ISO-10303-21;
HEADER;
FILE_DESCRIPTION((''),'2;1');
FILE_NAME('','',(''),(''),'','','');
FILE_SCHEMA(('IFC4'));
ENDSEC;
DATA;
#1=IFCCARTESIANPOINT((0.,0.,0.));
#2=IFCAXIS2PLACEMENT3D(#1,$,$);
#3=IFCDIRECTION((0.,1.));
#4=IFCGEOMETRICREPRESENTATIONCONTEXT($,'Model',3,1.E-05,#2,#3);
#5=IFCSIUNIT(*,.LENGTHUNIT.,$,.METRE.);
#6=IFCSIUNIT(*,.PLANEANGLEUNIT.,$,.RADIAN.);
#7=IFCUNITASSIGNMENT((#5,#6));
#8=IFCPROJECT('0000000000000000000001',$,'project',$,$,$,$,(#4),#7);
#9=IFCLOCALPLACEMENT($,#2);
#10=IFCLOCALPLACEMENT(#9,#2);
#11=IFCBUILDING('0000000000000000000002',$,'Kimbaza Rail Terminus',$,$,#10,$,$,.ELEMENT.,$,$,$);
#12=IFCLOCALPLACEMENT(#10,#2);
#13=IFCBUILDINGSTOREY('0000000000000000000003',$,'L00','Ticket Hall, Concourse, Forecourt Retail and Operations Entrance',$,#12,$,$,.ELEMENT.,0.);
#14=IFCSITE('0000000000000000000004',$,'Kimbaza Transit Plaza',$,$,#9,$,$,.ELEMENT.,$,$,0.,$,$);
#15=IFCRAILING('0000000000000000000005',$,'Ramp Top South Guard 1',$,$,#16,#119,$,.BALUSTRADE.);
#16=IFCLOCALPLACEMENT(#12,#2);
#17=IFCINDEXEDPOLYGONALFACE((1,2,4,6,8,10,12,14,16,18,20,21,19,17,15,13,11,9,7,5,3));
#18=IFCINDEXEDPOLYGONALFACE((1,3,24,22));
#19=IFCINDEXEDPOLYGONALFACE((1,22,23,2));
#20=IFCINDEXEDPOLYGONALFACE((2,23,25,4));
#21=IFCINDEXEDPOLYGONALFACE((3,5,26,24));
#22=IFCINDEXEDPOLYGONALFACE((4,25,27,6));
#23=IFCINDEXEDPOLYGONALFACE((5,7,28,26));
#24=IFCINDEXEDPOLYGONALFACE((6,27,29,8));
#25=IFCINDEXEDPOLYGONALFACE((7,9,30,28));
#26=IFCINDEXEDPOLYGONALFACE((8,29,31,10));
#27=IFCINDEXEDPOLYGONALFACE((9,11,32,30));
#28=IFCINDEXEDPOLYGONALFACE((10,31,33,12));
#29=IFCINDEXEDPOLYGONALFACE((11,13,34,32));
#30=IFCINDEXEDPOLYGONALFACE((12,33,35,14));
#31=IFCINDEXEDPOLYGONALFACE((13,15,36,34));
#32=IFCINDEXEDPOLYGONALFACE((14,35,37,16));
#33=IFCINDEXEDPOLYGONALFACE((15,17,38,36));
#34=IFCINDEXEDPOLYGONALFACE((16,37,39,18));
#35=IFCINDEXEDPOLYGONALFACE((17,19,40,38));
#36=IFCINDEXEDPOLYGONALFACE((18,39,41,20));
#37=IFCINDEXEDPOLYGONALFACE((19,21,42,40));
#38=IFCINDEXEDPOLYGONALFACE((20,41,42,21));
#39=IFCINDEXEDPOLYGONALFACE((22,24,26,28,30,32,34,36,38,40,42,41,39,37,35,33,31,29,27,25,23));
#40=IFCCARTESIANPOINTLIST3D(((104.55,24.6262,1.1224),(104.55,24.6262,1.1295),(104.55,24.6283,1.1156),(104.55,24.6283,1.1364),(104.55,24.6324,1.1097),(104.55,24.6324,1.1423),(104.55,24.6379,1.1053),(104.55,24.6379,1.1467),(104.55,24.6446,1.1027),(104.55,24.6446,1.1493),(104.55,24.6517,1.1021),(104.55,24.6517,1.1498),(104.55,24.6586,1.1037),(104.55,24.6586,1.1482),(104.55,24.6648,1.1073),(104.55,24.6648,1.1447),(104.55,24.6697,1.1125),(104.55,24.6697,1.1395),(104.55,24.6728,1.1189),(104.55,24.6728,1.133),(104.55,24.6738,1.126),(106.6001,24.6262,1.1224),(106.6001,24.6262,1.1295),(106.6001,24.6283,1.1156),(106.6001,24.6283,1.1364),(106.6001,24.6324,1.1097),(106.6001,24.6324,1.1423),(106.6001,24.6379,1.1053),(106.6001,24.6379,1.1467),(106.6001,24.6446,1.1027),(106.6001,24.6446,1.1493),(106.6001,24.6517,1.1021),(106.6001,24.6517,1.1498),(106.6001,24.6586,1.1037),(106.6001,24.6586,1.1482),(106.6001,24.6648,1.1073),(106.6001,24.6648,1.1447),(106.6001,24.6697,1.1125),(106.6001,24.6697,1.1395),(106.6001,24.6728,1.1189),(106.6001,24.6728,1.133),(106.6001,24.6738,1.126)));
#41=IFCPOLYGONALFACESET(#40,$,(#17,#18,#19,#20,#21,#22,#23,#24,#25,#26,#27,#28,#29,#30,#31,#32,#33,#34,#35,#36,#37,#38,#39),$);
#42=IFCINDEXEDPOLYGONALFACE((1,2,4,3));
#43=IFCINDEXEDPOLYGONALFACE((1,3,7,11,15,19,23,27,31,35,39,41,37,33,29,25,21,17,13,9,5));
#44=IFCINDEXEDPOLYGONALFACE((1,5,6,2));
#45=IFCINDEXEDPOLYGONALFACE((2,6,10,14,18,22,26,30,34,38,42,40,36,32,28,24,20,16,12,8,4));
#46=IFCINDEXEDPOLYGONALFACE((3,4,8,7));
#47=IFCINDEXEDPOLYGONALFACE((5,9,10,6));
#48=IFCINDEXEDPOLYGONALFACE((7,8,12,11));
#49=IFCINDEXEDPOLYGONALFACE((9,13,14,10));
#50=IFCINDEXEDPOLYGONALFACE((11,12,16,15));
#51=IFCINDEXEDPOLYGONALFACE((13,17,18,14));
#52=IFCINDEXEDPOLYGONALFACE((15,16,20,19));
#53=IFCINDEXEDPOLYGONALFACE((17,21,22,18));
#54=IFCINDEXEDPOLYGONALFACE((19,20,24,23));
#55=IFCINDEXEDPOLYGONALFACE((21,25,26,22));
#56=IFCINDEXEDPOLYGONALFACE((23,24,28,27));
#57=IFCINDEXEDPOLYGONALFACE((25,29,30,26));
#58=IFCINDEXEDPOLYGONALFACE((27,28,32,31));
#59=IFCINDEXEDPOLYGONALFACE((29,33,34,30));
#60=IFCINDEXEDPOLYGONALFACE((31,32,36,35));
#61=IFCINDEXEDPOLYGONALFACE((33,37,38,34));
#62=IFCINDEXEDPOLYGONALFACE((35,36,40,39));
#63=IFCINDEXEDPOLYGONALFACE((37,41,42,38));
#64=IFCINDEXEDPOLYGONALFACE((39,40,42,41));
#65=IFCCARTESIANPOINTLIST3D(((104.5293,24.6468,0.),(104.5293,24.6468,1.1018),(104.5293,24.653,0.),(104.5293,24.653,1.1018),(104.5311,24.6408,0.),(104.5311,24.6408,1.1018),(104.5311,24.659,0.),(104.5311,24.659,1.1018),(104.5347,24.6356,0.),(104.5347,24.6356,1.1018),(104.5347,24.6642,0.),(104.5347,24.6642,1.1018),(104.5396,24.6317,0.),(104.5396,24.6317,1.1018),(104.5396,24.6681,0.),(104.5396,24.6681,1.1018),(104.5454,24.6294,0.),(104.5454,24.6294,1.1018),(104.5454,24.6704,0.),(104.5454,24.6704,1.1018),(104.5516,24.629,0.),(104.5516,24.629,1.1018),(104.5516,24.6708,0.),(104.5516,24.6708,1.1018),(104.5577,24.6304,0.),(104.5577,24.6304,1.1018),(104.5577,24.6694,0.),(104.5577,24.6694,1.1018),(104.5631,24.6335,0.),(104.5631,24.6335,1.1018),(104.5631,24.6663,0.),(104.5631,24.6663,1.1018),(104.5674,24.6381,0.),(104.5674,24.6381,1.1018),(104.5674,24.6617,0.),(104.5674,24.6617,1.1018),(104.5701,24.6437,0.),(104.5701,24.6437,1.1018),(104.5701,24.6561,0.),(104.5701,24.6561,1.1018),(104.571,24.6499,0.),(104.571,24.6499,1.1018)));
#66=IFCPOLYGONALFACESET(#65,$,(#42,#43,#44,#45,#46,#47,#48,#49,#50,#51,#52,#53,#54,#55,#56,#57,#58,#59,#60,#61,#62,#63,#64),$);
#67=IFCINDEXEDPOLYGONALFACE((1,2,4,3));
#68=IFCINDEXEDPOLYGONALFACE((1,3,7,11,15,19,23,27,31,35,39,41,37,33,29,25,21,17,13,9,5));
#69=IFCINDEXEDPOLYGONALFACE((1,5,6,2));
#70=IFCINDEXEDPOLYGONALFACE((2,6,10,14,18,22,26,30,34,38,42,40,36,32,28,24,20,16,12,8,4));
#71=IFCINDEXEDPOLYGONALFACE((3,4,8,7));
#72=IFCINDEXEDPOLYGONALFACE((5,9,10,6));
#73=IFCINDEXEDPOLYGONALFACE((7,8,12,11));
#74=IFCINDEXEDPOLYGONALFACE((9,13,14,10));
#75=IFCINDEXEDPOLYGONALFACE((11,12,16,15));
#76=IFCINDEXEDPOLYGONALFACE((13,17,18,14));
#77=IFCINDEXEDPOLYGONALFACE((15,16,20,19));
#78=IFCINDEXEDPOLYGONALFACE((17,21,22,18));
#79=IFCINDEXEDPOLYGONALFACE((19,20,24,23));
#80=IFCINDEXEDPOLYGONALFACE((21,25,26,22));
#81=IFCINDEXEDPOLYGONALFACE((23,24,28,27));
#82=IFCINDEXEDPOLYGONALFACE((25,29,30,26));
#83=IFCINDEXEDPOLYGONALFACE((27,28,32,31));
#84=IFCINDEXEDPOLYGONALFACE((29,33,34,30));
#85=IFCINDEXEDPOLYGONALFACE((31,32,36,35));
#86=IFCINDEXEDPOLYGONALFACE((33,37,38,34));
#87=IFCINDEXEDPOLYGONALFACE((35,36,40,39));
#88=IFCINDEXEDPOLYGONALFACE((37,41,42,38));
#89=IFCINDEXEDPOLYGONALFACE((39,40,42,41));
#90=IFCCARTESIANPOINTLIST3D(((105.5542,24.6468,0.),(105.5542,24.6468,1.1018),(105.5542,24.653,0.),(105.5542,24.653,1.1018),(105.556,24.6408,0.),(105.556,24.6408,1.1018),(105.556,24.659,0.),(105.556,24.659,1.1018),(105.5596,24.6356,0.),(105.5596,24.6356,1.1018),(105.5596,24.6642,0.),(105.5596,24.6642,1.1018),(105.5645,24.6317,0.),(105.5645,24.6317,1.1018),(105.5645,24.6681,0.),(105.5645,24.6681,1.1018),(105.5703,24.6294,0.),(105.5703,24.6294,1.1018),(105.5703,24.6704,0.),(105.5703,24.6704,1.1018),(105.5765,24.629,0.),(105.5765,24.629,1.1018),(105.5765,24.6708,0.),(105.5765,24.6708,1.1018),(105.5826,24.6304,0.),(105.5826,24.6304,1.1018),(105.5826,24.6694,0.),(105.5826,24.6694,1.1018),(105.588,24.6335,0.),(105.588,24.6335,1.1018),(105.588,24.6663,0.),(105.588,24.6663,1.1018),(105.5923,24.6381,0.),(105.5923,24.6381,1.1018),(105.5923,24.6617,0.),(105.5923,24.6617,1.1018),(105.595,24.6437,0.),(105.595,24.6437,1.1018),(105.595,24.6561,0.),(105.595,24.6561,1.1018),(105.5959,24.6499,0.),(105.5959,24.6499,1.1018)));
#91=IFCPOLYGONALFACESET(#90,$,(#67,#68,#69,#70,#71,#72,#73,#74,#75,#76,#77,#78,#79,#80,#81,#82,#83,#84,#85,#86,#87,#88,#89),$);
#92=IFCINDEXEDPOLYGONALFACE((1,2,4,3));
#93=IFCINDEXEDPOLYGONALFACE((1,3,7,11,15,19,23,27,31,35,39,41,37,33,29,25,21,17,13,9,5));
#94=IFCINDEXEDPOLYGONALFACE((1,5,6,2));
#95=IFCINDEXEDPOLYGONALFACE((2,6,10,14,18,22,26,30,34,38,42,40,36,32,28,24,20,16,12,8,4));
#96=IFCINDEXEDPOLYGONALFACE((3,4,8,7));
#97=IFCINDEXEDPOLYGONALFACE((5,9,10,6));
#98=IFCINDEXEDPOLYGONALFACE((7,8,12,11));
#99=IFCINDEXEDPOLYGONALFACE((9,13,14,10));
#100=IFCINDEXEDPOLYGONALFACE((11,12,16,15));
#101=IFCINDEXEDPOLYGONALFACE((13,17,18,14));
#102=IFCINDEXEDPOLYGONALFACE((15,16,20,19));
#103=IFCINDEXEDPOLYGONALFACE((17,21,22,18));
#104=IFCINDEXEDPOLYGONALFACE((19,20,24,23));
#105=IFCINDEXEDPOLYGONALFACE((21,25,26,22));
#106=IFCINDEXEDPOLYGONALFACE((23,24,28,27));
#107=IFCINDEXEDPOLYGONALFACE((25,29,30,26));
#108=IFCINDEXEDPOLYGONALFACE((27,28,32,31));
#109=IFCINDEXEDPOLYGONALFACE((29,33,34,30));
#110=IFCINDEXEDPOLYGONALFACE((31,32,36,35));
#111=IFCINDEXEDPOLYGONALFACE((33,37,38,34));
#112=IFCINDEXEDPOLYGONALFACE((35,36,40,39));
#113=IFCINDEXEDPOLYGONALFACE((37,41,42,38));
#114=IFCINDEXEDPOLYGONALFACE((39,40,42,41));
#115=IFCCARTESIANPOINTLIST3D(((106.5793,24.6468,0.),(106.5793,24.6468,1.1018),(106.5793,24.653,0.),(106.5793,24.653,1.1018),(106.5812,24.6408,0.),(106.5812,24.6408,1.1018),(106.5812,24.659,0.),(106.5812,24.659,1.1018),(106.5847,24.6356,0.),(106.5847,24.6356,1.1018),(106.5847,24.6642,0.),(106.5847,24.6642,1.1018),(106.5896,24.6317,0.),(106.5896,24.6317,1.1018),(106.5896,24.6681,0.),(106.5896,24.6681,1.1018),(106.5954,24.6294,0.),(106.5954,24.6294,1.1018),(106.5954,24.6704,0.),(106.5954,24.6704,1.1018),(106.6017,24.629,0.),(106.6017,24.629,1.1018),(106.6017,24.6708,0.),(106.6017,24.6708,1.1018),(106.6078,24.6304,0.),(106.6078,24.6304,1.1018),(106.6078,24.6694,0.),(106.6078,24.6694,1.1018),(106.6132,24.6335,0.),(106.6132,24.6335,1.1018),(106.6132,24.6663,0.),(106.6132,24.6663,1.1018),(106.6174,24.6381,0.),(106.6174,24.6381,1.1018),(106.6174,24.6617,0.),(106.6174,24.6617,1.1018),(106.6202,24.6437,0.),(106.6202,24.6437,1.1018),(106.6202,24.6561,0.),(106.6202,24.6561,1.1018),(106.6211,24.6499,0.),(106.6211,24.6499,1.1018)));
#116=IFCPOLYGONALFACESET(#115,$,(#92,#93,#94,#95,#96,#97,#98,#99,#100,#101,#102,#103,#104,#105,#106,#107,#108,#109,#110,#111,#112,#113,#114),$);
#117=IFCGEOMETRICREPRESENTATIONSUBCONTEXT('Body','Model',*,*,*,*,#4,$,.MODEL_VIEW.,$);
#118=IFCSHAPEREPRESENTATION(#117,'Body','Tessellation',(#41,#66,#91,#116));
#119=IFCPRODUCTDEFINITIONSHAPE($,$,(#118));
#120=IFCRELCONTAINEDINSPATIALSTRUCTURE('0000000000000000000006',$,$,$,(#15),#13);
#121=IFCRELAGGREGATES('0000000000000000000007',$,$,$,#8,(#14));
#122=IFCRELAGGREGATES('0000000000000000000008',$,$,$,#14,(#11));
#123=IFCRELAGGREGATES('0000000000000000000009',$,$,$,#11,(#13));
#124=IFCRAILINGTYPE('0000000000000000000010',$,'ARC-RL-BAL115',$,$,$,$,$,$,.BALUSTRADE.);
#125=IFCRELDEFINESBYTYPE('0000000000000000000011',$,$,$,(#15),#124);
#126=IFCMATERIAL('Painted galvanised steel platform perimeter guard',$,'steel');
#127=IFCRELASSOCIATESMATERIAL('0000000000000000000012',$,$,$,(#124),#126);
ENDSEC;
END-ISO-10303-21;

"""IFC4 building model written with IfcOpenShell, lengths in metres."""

from ifc_helpers import new_model, si_unit, direction, frame, origin, origin_2d, place, context, subcontext, project, spatial, circle, extrude, material, type_object, element, save


model = new_model("IFC4")

# Units and contexts
model_context = context("Model", 3, precision=1e-05, world=origin(), true_north=direction((0.0, 1.0)))
body_context = subcontext(model_context, "Body", "Model", "MODEL_VIEW")
ifc_project = project(units=[si_unit("LENGTHUNIT", "METRE"), si_unit("PLANEANGLEUNIT", "RADIAN")], contexts=[model_context])

# Site, building, storey
site_placement = place(None, origin())
site = spatial("IfcSite", under=ifc_project, at=site_placement, Name="Kimbaza Transit Plaza", CompositionType="ELEMENT", RefElevation=0.0)
building_placement = place(site_placement, origin())
building = spatial("IfcBuilding", under=site, at=building_placement, Name="Kimbaza Rail Terminus", CompositionType="ELEMENT")
storey_placement = place(building_placement, origin())
storey = spatial("IfcBuildingStorey", under=building, at=storey_placement, Name="L00", Description="Ticket Hall, Concourse, Forecourt Retail and Operations Entrance", CompositionType="ELEMENT", Elevation=0.0)

# Railing
ifc_material_1 = material(Name="Painted galvanised steel platform perimeter guard", Category="steel")
railing_type = type_object("IfcRailingType", Name="ARC-RL-BAL115", PredefinedType="BALUSTRADE", material=ifc_material_1)
railing_1_placement = place(storey_placement, frame((104.55, 24.6499, 0.0)))
element("IfcRailing", 1, at=railing_1_placement, inside=storey, type_object=railing_type, Name="Ramp Top South Guard 1", PredefinedType="BALUSTRADE", context=body_context, shape_type="SweptSolid", body=[
    extrude(circle(Radius=0.0239, at=origin_2d()), frame((0.0, 0.0, 1.126), z_axis=(1.0, 0.0, 0.0), x_axis=(0.0, 1.0, 0.0)), (0.0, 0.0, 1.0), 2.05),
    extrude(circle(Radius=0.021, at=origin_2d()), origin(), (0.0, 0.0, 1.0), 1.1018),
    extrude(circle(Radius=0.021, at=origin_2d()), frame((1.0249, 0.0, 0.0)), (0.0, 0.0, 1.0), 1.1018),
    extrude(circle(Radius=0.021, at=origin_2d()), frame((2.05, 0.0, 0.0)), (0.0, 0.0, 1.0), 1.1018),
])

save(model, "model.ifc")
